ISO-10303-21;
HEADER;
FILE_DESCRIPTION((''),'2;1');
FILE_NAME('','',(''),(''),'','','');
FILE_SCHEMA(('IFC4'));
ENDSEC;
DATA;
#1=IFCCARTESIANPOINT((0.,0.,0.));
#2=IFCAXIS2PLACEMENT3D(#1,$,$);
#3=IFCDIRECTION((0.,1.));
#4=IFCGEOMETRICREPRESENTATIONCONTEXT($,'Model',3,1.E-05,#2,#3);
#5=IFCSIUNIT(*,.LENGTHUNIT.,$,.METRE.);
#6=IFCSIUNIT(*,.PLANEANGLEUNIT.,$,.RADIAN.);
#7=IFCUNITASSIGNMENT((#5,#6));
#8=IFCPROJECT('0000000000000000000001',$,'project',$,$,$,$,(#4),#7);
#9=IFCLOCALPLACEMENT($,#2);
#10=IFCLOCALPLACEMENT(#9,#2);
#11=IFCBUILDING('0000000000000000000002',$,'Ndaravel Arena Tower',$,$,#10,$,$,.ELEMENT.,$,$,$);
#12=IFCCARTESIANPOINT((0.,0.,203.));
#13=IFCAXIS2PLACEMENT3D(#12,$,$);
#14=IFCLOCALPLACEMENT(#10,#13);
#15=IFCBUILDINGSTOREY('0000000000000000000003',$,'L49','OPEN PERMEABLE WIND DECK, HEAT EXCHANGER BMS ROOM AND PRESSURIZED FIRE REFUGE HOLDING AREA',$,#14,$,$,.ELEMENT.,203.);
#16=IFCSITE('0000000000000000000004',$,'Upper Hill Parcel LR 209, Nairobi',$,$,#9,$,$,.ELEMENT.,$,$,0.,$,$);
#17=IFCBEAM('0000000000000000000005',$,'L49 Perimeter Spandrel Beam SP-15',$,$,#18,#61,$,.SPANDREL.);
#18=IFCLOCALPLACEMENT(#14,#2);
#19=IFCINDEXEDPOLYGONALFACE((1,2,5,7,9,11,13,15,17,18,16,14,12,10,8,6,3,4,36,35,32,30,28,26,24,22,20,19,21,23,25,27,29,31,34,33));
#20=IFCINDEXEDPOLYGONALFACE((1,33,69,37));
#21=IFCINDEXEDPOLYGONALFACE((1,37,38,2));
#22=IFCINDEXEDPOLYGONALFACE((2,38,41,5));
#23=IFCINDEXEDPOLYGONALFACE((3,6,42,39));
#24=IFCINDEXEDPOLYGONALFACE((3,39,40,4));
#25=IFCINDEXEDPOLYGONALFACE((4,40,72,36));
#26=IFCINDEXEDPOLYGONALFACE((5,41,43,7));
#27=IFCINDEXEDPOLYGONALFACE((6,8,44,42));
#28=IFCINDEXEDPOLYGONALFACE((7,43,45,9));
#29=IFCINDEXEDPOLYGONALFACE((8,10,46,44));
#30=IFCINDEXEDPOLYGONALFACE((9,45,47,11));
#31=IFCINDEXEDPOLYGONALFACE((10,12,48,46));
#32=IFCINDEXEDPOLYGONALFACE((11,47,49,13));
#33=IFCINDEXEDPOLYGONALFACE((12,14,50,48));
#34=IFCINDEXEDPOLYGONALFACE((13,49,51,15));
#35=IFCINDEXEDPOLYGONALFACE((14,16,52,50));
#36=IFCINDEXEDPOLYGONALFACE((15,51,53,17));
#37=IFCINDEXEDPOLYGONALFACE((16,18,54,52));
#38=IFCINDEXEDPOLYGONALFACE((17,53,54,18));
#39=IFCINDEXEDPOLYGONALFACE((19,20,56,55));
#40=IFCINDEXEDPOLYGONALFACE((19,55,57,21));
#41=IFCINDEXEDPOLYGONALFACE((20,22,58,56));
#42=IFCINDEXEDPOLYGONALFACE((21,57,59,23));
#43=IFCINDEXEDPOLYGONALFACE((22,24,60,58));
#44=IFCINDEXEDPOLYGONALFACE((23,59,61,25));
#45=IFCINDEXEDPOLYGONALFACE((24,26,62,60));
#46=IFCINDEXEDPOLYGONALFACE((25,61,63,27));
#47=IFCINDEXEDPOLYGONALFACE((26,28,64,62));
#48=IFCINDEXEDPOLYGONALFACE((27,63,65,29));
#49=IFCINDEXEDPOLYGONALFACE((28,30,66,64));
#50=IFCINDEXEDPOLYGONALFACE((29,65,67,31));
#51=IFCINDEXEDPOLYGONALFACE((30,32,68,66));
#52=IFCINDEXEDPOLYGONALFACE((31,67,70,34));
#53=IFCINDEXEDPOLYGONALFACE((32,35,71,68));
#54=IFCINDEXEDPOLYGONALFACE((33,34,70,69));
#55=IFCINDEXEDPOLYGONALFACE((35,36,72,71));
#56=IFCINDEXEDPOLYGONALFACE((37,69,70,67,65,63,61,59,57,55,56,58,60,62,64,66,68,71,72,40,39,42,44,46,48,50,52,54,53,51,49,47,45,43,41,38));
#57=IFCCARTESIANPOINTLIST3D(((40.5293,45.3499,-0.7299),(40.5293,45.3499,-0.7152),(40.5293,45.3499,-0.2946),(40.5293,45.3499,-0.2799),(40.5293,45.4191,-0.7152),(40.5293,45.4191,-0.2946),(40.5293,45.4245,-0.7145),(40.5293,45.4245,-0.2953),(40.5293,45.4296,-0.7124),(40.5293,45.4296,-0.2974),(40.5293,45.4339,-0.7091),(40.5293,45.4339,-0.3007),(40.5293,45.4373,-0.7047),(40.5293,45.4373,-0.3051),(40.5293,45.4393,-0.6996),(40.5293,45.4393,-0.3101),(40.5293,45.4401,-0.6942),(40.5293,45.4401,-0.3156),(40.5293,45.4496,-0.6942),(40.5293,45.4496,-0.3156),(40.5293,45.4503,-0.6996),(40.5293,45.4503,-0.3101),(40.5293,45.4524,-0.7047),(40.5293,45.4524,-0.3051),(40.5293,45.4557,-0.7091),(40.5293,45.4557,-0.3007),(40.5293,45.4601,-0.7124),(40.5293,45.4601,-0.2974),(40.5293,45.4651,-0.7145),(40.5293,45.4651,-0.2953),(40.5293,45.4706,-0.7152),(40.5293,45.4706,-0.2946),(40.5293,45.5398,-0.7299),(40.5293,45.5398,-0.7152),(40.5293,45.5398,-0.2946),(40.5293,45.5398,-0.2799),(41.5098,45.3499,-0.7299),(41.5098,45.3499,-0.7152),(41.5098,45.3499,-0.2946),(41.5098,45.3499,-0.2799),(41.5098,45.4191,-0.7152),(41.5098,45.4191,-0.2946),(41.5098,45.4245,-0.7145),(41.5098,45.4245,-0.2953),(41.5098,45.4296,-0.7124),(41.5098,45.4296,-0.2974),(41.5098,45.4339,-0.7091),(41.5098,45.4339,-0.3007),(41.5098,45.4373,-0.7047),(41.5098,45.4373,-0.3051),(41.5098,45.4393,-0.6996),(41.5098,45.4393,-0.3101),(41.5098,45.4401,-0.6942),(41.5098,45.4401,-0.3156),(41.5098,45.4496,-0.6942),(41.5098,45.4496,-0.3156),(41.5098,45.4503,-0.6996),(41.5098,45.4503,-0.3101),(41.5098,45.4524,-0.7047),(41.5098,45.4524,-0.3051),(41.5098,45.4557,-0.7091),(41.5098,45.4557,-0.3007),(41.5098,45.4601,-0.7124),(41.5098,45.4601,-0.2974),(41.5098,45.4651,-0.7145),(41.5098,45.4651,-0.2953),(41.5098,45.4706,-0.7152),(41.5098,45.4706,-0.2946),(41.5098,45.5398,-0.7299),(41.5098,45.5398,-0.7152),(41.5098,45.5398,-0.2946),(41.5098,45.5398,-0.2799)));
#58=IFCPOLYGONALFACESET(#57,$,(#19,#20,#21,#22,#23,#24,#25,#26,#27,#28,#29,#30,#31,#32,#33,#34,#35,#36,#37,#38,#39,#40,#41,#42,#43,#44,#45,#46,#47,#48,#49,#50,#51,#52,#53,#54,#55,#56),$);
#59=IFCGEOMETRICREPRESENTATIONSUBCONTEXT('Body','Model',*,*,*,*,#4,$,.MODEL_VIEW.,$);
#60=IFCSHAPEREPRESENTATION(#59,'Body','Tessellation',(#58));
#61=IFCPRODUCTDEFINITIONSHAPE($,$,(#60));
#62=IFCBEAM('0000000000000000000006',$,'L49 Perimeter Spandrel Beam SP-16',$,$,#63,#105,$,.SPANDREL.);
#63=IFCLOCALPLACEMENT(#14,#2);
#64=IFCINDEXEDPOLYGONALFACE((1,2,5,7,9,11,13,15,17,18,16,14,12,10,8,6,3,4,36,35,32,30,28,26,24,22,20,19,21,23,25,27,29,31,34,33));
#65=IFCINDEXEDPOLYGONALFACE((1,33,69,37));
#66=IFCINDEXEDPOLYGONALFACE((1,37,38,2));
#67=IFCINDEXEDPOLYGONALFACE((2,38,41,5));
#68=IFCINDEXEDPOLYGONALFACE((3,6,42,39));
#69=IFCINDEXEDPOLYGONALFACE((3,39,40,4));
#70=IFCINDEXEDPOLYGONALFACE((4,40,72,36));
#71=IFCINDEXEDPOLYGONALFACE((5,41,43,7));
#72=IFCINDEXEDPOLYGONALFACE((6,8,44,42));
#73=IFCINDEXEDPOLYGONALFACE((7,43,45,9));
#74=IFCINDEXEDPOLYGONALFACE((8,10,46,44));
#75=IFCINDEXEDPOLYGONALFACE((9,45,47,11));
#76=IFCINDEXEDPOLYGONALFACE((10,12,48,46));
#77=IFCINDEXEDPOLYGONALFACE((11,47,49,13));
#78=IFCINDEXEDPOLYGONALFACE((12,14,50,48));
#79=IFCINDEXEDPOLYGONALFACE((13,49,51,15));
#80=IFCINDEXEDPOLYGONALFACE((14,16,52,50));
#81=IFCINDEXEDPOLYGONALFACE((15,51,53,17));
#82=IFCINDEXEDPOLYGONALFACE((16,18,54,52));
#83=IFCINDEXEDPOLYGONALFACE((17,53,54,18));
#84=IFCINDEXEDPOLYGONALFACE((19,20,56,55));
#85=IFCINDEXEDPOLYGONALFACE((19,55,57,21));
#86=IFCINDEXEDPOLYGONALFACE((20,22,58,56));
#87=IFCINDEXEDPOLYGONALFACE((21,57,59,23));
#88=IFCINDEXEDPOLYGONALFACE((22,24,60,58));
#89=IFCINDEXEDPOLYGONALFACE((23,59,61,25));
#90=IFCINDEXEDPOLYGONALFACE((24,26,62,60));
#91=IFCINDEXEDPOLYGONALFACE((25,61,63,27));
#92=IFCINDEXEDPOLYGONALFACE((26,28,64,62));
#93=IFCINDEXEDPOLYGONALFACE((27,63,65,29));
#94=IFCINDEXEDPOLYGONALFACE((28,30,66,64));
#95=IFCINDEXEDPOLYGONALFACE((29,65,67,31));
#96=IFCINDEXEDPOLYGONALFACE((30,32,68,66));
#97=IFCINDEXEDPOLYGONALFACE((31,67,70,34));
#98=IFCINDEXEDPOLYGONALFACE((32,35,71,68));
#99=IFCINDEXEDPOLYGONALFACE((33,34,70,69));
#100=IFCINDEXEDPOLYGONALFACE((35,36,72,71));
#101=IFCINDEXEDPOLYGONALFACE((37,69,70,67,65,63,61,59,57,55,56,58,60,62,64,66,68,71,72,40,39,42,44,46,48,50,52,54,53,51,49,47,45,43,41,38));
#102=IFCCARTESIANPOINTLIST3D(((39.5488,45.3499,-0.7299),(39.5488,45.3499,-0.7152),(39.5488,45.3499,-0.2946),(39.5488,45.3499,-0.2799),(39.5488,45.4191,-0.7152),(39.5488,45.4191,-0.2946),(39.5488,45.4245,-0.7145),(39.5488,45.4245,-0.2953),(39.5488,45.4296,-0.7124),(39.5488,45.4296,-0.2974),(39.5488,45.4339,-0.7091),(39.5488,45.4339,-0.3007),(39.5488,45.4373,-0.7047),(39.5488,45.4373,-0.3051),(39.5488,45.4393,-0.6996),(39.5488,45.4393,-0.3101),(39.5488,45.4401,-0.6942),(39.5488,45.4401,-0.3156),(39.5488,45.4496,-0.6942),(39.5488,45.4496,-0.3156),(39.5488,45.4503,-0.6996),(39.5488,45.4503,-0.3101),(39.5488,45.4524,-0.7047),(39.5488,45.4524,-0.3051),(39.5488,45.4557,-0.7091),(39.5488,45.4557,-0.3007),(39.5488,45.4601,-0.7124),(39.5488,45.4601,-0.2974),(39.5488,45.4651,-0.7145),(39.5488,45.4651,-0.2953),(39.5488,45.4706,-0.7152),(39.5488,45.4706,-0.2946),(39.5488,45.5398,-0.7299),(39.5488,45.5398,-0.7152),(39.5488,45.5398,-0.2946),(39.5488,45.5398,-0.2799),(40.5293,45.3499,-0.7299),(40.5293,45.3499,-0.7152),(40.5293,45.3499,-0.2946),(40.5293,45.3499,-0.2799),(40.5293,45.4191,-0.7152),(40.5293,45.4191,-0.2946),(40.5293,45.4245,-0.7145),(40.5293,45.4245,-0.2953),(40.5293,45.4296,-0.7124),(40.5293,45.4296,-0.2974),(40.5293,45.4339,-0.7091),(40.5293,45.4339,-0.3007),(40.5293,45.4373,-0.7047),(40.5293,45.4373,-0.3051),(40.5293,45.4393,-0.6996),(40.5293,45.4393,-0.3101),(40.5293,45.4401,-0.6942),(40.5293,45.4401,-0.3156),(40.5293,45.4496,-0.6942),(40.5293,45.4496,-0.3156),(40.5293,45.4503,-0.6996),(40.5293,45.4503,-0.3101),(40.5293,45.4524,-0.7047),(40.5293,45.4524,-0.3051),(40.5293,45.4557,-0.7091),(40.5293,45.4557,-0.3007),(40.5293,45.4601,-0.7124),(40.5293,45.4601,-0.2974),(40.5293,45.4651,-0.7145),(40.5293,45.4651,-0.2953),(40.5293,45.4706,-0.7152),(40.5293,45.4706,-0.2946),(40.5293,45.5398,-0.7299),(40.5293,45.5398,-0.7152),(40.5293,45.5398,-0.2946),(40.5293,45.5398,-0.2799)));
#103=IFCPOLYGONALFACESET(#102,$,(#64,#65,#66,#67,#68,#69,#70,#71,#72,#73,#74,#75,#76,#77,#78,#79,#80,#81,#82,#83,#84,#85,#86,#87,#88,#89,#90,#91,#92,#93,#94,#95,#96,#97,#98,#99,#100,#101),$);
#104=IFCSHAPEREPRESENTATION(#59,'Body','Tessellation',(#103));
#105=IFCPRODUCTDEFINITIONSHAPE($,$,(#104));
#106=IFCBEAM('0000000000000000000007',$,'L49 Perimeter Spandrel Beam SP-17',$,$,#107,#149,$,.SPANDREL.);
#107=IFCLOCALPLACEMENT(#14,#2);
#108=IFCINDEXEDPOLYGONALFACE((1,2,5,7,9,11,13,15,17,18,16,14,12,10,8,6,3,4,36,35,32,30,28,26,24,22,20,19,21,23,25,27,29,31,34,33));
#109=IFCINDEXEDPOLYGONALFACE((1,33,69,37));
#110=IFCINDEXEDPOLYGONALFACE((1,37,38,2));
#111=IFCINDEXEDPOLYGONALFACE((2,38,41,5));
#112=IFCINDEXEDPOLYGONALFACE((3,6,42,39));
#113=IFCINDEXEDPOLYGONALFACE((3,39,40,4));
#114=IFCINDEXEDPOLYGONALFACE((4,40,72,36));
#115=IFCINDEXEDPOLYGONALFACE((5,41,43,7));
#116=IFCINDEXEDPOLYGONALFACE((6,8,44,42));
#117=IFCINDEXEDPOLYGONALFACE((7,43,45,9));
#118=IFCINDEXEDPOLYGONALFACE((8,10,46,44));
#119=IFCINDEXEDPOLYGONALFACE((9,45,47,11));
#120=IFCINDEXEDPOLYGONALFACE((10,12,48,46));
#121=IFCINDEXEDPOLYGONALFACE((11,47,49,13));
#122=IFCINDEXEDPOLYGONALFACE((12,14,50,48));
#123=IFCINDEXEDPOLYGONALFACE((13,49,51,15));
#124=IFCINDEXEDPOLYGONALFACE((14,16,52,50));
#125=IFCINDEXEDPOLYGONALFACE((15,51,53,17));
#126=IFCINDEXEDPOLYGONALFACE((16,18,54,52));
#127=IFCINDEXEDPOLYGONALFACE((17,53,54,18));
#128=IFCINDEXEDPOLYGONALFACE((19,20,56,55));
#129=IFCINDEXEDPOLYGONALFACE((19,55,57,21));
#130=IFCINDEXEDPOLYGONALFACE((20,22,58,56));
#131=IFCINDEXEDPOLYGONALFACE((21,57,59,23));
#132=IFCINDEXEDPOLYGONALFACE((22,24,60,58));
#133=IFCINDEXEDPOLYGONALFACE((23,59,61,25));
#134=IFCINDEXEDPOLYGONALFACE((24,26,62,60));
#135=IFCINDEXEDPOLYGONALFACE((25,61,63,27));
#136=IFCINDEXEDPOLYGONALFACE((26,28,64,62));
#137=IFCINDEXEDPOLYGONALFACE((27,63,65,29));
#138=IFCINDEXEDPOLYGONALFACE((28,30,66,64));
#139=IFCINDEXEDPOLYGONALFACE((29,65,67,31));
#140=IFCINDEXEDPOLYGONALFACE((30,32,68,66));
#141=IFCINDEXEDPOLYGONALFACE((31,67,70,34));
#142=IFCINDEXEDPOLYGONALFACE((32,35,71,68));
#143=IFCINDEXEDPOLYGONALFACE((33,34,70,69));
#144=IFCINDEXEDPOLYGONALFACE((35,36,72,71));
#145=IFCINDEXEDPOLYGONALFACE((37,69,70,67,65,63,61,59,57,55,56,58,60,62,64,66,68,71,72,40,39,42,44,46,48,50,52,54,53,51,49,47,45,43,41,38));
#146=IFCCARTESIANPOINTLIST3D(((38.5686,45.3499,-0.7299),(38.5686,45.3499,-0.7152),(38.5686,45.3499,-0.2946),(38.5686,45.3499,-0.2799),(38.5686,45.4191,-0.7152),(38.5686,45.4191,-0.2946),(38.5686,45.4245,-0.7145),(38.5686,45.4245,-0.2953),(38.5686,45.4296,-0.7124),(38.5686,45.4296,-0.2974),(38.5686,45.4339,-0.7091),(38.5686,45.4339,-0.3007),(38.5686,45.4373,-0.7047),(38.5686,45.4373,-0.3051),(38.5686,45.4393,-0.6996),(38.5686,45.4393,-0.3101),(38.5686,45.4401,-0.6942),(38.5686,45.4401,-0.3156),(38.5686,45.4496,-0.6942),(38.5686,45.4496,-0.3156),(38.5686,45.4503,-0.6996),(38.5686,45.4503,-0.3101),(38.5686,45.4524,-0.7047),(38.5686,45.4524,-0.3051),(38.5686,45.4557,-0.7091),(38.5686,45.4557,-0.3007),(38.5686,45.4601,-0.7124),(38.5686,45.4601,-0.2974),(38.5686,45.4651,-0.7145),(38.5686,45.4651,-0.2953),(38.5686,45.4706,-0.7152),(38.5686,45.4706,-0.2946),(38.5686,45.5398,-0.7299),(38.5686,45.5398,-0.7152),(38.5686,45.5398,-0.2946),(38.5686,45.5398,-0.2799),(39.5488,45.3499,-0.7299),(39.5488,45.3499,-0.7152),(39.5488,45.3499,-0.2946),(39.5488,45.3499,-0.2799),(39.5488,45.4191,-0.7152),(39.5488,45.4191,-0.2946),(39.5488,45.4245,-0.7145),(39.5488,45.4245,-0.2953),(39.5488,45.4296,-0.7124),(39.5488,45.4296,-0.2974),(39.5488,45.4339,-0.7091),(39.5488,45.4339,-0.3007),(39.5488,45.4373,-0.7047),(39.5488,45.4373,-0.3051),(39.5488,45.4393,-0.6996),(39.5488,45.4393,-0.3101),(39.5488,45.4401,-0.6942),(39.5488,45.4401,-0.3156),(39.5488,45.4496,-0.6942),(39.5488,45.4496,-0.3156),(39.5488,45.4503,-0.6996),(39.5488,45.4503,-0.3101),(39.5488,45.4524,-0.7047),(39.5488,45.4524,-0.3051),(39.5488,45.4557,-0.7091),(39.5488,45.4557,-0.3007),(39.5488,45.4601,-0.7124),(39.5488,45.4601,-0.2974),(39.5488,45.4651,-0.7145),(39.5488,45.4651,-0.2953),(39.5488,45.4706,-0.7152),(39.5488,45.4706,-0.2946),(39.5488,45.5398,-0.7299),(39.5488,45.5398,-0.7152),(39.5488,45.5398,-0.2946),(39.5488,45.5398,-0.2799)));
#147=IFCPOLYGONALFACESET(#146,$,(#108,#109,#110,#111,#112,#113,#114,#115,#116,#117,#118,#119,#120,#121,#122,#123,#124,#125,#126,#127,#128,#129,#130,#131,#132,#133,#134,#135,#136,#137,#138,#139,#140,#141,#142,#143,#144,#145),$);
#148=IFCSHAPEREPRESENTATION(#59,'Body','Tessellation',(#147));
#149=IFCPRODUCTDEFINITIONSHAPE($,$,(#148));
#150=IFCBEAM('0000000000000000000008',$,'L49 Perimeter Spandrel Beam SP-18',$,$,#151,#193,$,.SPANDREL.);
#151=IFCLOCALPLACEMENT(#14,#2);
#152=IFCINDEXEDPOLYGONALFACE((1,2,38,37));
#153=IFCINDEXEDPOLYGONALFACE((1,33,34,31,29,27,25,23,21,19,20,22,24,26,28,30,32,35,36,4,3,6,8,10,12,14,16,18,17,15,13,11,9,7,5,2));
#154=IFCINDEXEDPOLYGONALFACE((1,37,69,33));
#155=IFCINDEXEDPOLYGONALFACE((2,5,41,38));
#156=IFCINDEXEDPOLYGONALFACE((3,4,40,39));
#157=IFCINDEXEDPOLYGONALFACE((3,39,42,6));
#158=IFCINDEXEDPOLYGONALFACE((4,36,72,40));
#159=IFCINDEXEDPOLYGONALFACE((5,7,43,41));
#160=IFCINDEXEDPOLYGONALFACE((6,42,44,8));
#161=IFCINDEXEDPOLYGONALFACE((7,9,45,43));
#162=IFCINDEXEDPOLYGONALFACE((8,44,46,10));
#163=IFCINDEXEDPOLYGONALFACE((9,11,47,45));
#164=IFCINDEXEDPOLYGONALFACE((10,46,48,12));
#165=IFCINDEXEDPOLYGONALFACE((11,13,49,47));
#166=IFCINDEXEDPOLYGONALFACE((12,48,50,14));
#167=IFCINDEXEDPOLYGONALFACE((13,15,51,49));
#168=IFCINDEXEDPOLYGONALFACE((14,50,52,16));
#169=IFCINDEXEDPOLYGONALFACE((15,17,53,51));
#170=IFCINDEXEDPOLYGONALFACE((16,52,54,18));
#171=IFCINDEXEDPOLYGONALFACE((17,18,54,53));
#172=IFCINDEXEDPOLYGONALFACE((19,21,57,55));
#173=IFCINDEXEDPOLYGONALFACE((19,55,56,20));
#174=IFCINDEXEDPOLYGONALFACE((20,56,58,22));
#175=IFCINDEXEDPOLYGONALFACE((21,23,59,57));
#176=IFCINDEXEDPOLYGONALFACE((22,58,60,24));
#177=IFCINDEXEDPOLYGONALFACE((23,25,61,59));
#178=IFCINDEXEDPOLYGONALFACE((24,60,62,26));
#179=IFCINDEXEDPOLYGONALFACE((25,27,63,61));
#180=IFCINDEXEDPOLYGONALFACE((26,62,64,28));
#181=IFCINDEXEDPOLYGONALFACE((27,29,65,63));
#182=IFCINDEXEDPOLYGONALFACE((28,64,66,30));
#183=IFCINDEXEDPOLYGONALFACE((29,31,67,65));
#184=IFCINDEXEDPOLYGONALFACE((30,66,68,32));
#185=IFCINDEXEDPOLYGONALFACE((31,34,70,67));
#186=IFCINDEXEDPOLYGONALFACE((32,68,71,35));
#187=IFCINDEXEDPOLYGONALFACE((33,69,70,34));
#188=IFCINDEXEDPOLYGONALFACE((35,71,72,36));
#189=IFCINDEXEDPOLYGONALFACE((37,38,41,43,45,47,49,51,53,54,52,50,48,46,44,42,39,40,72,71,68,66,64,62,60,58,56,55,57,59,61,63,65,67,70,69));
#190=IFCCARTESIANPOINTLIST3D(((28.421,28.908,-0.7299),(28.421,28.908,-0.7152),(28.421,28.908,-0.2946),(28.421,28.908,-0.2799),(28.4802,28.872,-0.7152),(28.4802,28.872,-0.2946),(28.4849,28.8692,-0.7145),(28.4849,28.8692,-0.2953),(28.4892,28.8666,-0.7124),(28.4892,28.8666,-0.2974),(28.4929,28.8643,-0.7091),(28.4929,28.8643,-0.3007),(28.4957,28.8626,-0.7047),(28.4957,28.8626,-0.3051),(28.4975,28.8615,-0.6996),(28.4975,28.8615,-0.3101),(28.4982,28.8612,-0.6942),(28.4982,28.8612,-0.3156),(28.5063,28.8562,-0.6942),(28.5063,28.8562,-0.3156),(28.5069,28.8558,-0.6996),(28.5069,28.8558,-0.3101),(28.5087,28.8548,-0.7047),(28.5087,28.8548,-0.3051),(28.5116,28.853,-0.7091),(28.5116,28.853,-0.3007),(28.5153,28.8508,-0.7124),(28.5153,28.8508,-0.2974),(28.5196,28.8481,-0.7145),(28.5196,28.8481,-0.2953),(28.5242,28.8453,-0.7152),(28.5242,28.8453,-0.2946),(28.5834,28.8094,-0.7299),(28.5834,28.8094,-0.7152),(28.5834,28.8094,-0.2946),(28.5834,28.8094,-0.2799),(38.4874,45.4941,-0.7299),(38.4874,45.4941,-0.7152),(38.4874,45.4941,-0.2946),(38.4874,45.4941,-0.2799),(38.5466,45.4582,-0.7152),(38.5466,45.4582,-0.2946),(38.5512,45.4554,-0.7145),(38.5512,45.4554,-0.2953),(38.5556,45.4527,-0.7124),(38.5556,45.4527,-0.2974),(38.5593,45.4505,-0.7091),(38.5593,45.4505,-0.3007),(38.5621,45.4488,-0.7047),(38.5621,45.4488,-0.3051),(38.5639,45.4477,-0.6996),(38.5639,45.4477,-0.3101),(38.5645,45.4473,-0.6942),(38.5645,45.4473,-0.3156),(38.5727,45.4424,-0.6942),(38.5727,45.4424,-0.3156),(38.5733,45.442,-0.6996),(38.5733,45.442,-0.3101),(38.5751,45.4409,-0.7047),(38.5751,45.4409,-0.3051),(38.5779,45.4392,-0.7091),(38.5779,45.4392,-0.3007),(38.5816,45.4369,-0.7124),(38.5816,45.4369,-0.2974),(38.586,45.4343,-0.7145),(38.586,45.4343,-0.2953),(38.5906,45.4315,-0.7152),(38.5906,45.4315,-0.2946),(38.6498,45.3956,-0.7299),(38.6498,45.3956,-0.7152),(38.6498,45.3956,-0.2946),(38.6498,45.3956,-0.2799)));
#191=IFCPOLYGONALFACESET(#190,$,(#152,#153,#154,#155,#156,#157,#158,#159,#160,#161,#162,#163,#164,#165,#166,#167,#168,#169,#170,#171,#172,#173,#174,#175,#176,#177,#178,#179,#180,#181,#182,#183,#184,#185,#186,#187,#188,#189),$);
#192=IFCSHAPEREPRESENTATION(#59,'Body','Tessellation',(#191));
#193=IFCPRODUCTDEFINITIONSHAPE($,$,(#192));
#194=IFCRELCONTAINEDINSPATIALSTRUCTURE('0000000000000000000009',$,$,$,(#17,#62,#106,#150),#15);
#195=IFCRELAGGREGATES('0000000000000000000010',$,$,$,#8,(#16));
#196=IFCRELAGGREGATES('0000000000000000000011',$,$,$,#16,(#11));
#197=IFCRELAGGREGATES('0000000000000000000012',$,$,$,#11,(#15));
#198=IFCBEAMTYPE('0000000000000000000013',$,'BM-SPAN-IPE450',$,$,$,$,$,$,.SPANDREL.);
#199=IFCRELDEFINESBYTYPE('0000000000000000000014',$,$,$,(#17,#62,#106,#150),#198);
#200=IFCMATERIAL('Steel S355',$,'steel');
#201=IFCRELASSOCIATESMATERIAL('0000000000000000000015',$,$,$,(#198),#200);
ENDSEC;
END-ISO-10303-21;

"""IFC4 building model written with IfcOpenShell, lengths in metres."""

from ifc_helpers import new_model, si_unit, direction, frame, origin, origin_2d, place, context, subcontext, project, spatial, i_section, extrude, material, material_profile, profile_set, type_object, element, save


model = new_model("IFC4")

# Units and contexts
model_context = context("Model", 3, precision=1e-05, world=origin(), true_north=direction((0.0, 1.0)))
body_context = subcontext(model_context, "Body", "Model", "MODEL_VIEW")
ifc_project = project(units=[si_unit("LENGTHUNIT", "METRE"), si_unit("PLANEANGLEUNIT", "RADIAN")], contexts=[model_context])

# Site, building, storey
site_placement = place(None, origin())
site = spatial("IfcSite", under=ifc_project, at=site_placement, Name="Upper Hill Parcel LR 209, Nairobi", CompositionType="ELEMENT", RefElevation=0.0)
building_placement = place(site_placement, origin())
building = spatial("IfcBuilding", under=site, at=building_placement, Name="Ndaravel Arena Tower", CompositionType="ELEMENT")
storey_placement = place(building_placement, frame((0.0, 0.0, 203.0)))
storey = spatial("IfcBuildingStorey", under=building, at=storey_placement, Name="L49", Description="OPEN PERMEABLE WIND DECK, HEAT EXCHANGER BMS ROOM AND PRESSURIZED FIRE REFUGE HOLDING AREA", CompositionType="ELEMENT", Elevation=203.0)

# Beams
ifc_material_1 = material(Name="Steel S355", Category="steel")
ifc_material_profile_1 = material_profile(ifc_material_1, i_section(OverallWidth=0.1899, OverallDepth=0.45, WebThickness=0.0095, FlangeThickness=0.0146, FilletRadius=0.021, at=origin_2d()), Name="IPE 450")
ifc_profile_set_1 = profile_set([ifc_material_profile_1], Name="Steel S355")
beam_type_1 = type_object("IfcBeamType", Name="BM-SPAN-IPE450", PredefinedType="SPANDREL", material=ifc_profile_set_1)
for number, where, z_axis, x_axis, name in (
    (1, (41.5098, 45.4448, -0.5049), (-1.0, 0.0, 0.0), (0.0, -1.0, 0.0), "L49 Perimeter Spandrel Beam SP-15"),
    (2, (40.5293, 45.4448, -0.5049), (-1.0, 0.0, 0.0), (0.0, -1.0, 0.0), "L49 Perimeter Spandrel Beam SP-16"),
):
    element("IfcBeam", number, at=place(storey_placement, frame(where, z_axis=z_axis, x_axis=x_axis)), inside=storey, type_object=beam_type_1, Name=name, PredefinedType="SPANDREL", context=body_context, shape_type="SweptSolid", body=[
        extrude(i_section(OverallWidth=0.1899, OverallDepth=0.45, WebThickness=0.0095, FlangeThickness=0.0146, FilletRadius=0.021, at=origin_2d()), origin(), (0.0, 0.0, 1.0), 0.9805),
    ])
beam_1_placement = place(storey_placement, frame((39.5488, 45.4448, -0.5049), z_axis=(-1.0, 0.0, 0.0), x_axis=(0.0, -1.0, 0.0)))
element("IfcBeam", 3, at=beam_1_placement, inside=storey, type_object=beam_type_1, Name="L49 Perimeter Spandrel Beam SP-17", PredefinedType="SPANDREL", context=body_context, shape_type="SweptSolid", body=[
    extrude(i_section(OverallWidth=0.1899, OverallDepth=0.45, WebThickness=0.0095, FlangeThickness=0.0146, FilletRadius=0.021, at=origin_2d()), origin(), (0.0, 0.0, 1.0), 0.9802),
])
beam_2_placement = place(storey_placement, frame((38.5686, 45.4448, -0.5049), z_axis=(-0.518836, -0.854874, 0.0), x_axis=(0.854874, -0.518836, 0.0)))
element("IfcBeam", 4, at=beam_2_placement, inside=storey, type_object=beam_type_1, Name="L49 Perimeter Spandrel Beam SP-18", PredefinedType="SPANDREL", context=body_context, shape_type="SweptSolid", body=[
    extrude(i_section(OverallWidth=0.1899, OverallDepth=0.45, WebThickness=0.0095, FlangeThickness=0.0146, FilletRadius=0.021, at=origin_2d()), origin(), (0.0, 0.0, 1.0), 19.4019),
])

save(model, "model.ifc")
